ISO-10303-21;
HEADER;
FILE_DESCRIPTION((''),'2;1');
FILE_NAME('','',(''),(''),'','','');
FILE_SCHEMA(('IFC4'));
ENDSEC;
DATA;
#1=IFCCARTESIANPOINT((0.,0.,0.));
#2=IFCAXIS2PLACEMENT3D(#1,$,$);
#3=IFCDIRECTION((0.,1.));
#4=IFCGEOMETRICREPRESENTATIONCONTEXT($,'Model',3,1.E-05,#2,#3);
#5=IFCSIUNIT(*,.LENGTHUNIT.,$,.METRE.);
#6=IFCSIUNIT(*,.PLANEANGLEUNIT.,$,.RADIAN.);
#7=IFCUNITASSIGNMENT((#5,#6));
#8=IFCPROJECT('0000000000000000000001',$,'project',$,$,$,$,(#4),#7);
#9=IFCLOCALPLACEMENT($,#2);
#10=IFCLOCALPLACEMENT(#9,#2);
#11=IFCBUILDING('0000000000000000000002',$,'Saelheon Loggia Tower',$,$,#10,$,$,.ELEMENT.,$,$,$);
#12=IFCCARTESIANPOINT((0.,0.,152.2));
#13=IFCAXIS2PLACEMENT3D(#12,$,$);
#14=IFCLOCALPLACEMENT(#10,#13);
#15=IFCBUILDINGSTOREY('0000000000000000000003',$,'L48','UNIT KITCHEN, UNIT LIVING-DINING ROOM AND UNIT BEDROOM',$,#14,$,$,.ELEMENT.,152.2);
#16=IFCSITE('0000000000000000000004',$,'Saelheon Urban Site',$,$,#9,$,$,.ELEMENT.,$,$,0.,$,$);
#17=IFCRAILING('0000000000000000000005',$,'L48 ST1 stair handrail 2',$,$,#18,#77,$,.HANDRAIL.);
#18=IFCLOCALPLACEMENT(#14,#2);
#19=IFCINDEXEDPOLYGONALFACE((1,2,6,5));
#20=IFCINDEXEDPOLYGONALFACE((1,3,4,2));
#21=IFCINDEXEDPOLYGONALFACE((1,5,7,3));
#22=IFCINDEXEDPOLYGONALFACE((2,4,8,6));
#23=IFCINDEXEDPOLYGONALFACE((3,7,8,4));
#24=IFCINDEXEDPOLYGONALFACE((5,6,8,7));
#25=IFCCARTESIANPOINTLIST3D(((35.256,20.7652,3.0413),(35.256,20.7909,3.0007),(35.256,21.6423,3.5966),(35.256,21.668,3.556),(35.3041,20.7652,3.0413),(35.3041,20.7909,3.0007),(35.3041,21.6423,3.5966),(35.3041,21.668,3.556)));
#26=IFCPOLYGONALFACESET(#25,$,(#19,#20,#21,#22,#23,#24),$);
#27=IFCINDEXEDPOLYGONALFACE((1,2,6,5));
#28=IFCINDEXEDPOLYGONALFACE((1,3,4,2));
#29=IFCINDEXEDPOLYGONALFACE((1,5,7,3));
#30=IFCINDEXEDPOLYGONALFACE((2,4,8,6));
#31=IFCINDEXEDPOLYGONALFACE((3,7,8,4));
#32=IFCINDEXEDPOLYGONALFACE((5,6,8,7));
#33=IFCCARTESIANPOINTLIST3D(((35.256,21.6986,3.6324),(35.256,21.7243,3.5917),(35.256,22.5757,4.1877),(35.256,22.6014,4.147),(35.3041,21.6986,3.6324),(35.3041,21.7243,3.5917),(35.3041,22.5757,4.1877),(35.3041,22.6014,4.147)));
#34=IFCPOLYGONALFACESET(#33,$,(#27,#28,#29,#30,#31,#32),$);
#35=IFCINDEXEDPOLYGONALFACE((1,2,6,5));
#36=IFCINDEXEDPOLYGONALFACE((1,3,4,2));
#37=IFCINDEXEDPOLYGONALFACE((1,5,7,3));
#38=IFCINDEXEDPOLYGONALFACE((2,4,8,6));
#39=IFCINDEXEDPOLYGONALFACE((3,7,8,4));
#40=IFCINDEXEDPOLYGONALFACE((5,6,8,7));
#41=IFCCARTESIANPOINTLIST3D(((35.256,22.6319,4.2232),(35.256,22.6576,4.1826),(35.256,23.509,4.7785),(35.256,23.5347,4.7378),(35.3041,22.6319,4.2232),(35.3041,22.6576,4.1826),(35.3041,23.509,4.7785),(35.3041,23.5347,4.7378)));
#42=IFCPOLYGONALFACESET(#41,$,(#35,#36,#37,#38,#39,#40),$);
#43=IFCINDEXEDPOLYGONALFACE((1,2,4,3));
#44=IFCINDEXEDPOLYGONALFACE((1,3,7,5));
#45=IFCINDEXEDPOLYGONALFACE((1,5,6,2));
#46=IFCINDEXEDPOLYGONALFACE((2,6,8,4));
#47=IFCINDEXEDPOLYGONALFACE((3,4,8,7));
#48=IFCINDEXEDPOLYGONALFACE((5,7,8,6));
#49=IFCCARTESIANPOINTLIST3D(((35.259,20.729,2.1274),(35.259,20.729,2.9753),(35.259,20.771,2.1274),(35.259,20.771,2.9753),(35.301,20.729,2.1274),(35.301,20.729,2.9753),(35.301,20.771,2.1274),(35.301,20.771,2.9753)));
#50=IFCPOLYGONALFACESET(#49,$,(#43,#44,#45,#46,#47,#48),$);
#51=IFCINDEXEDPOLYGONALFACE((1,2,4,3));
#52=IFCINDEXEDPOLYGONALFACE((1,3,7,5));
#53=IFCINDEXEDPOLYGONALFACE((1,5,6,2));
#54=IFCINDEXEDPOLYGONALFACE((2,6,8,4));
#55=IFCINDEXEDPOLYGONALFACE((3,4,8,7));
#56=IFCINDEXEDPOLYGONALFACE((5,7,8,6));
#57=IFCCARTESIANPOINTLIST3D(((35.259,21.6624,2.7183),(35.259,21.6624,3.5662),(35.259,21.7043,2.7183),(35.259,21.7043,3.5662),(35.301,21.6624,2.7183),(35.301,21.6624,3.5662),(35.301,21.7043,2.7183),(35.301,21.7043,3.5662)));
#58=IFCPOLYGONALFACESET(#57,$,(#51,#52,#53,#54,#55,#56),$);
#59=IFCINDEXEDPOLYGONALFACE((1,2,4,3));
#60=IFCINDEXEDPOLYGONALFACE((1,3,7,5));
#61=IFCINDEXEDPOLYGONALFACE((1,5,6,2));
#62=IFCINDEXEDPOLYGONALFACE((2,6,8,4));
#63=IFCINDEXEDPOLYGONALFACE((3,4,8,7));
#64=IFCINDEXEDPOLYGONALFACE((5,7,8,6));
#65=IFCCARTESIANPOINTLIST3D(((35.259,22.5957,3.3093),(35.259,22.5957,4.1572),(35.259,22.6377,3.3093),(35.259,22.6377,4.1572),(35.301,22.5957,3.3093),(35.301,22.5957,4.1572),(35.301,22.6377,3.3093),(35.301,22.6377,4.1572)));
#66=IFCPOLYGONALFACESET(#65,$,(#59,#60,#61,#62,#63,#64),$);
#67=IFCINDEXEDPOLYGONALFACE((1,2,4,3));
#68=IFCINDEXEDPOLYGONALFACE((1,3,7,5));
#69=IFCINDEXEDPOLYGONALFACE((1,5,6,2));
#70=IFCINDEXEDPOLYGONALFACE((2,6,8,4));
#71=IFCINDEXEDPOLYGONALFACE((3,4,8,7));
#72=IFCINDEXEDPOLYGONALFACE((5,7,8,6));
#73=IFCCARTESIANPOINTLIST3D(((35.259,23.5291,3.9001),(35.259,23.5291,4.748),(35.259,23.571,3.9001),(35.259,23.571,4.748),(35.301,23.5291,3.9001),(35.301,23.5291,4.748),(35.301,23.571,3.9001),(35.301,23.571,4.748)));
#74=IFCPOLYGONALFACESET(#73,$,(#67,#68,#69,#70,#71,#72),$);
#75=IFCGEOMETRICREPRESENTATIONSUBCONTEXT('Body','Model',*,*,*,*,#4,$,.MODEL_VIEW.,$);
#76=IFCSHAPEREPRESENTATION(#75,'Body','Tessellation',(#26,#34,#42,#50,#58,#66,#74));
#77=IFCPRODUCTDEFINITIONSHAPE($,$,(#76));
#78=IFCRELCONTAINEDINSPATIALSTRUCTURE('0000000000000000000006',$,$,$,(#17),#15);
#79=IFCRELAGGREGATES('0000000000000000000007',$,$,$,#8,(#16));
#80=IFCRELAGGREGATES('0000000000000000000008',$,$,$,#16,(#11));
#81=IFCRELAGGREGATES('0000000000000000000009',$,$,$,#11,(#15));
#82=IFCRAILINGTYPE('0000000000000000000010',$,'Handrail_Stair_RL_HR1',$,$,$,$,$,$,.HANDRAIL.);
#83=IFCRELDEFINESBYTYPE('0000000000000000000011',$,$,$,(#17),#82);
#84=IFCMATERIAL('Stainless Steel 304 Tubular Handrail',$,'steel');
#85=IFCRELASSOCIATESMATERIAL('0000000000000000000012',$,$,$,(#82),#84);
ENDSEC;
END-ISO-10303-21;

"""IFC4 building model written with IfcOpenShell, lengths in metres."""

from ifc_helpers import new_model, si_unit, direction, frame, origin, origin_2d, place, context, subcontext, project, spatial, rectangle, extrude, material, type_object, element, save


model = new_model("IFC4")

# Units and contexts
model_context = context("Model", 3, precision=1e-05, world=origin(), true_north=direction((0.0, 1.0)))
body_context = subcontext(model_context, "Body", "Model", "MODEL_VIEW")
ifc_project = project(units=[si_unit("LENGTHUNIT", "METRE"), si_unit("PLANEANGLEUNIT", "RADIAN")], contexts=[model_context])

# Site, building, storey
site_placement = place(None, origin())
site = spatial("IfcSite", under=ifc_project, at=site_placement, Name="Saelheon Urban Site", CompositionType="ELEMENT", RefElevation=0.0)
building_placement = place(site_placement, origin())
building = spatial("IfcBuilding", under=site, at=building_placement, Name="Saelheon Loggia Tower", CompositionType="ELEMENT")
storey_placement = place(building_placement, frame((0.0, 0.0, 152.2)))
storey = spatial("IfcBuildingStorey", under=building, at=storey_placement, Name="L48", Description="UNIT KITCHEN, UNIT LIVING-DINING ROOM AND UNIT BEDROOM", CompositionType="ELEMENT", Elevation=152.2)

# Railing
ifc_material_1 = material(Name="Stainless Steel 304 Tubular Handrail", Category="steel")
railing_type_1 = type_object("IfcRailingType", Name="Handrail_Stair_RL_HR1", PredefinedType="HANDRAIL", material=ifc_material_1)
railing_1_placement = place(storey_placement, frame((35.28, 20.75, 2.1274)))
element("IfcRailing", 1, at=railing_1_placement, inside=storey, type_object=railing_type_1, Name="L48 ST1 stair handrail 2", PredefinedType="HANDRAIL", context=body_context, shape_type="SweptSolid", body=[
    extrude(rectangle(XDim=0.0481, YDim=0.0481, at=origin_2d()), frame((0.0, 0.0281, 0.8936), z_axis=(0.0, 0.844909, 0.53491), x_axis=(-1.0, 0.0, 0.0)), (0.0, 0.0, 1.0), 1.0381),
    extrude(rectangle(XDim=0.0481, YDim=0.0481, at=origin_2d()), frame((0.0, 0.9614, 1.4846), z_axis=(0.0, 0.844909, 0.53491), x_axis=(-1.0, 0.0, 0.0)), (0.0, 0.0, 1.0), 1.0381),
    extrude(rectangle(XDim=0.0481, YDim=0.0481, at=origin_2d()), frame((0.0, 1.8948, 2.0754), z_axis=(0.0, 0.844909, 0.53491), x_axis=(-1.0, 0.0, 0.0)), (0.0, 0.0, 1.0), 1.0381),
    extrude(rectangle(XDim=0.042, YDim=0.042, at=origin_2d()), origin(), (0.0, 0.0, 1.0), 0.8479),
    extrude(rectangle(XDim=0.042, YDim=0.042, at=origin_2d()), frame((0.0, 0.9333, 0.5908)), (0.0, 0.0, 1.0), 0.8479),
    extrude(rectangle(XDim=0.042, YDim=0.042, at=origin_2d()), frame((0.0, 1.8667, 1.1819)), (0.0, 0.0, 1.0), 0.8479),
    extrude(rectangle(XDim=0.042, YDim=0.042, at=origin_2d()), frame((0.0, 2.8, 1.7727)), (0.0, 0.0, 1.0), 0.8479),
])

save(model, "model.ifc")
